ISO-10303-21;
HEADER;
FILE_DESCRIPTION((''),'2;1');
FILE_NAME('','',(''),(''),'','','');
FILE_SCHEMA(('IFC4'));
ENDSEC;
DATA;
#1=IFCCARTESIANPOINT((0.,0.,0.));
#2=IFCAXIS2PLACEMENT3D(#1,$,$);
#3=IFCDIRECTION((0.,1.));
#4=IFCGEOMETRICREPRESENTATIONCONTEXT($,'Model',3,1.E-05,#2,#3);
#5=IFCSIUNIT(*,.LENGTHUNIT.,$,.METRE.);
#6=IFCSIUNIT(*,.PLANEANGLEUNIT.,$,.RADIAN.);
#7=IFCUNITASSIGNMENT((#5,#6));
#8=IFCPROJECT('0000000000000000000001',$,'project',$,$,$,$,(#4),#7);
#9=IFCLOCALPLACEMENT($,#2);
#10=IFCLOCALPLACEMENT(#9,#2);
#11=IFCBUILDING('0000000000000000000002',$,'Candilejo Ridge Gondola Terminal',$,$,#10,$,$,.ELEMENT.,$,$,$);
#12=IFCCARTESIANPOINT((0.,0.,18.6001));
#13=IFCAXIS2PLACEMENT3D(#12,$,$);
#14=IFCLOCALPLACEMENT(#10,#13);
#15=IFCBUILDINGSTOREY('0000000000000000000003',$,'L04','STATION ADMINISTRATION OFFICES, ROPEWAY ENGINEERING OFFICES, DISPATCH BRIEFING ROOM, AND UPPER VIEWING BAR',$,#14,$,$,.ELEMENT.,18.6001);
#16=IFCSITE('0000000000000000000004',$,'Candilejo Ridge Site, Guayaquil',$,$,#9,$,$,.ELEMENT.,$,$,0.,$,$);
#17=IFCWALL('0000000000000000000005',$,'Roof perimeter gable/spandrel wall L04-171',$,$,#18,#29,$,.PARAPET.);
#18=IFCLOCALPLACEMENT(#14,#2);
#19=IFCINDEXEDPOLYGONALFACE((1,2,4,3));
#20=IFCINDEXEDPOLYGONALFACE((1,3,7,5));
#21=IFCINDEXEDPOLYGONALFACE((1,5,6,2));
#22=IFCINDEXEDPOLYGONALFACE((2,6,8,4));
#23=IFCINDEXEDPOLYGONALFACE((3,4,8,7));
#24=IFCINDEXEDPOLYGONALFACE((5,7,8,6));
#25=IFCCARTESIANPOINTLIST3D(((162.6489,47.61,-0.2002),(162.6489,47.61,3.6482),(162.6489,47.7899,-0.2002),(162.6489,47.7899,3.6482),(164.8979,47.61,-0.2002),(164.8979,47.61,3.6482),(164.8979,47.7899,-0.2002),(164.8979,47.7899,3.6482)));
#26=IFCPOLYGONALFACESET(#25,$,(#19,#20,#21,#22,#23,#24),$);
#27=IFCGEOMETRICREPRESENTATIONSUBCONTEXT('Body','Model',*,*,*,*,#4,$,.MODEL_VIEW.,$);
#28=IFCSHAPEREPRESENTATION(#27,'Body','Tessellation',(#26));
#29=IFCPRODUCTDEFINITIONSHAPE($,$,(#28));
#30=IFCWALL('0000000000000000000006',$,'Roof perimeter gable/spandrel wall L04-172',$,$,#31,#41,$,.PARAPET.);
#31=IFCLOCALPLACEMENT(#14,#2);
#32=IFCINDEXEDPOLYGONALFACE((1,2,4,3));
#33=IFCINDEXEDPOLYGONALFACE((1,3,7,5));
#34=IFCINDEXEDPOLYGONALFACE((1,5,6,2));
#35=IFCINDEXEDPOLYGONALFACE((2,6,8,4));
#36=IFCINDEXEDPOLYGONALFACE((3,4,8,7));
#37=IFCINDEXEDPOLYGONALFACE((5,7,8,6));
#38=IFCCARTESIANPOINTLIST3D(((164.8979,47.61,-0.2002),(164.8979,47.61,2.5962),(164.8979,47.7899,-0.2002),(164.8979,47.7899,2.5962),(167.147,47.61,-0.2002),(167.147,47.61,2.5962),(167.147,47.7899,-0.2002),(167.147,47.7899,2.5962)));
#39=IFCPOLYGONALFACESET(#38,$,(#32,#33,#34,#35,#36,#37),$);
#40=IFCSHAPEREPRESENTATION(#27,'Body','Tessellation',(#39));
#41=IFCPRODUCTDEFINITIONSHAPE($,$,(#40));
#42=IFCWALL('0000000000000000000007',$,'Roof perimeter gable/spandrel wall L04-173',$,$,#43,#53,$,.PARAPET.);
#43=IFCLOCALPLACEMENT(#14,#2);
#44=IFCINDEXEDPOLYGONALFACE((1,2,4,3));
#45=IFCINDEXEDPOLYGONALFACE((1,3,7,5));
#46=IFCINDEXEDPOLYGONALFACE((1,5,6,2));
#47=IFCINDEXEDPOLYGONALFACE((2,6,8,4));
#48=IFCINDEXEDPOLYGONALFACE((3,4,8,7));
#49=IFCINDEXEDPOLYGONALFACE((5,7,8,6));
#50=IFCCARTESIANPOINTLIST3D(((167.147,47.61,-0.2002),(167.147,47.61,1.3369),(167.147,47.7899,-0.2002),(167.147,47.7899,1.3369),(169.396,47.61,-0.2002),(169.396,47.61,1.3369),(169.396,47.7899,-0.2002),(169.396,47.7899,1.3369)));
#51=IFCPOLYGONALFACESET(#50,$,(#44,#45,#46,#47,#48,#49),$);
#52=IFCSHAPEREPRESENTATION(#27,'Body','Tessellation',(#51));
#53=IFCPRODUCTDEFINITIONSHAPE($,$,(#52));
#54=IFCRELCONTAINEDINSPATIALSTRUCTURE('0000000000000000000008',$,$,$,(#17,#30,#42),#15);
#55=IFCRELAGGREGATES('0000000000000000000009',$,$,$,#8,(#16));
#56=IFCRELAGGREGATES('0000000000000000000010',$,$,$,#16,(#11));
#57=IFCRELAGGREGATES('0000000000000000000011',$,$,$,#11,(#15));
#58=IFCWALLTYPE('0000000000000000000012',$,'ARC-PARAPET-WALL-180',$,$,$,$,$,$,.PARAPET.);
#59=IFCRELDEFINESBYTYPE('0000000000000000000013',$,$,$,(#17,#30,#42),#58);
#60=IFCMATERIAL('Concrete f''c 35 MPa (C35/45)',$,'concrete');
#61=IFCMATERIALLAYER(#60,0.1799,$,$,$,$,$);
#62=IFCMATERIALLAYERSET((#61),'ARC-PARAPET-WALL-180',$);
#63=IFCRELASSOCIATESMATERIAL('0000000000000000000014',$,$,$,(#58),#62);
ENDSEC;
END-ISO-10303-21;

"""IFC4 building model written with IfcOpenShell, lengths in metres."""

from ifc_helpers import new_model, si_unit, direction, frame, frame_2d, origin, place, context, subcontext, project, spatial, rectangle, extrude, material, layer, layer_set, type_object, element, save


model = new_model("IFC4")

# Units and contexts
model_context = context("Model", 3, precision=1e-05, world=origin(), true_north=direction((0.0, 1.0)))
body_context = subcontext(model_context, "Body", "Model", "MODEL_VIEW")
ifc_project = project(units=[si_unit("LENGTHUNIT", "METRE"), si_unit("PLANEANGLEUNIT", "RADIAN")], contexts=[model_context])

# Site, building, storey
site_placement = place(None, origin())
site = spatial("IfcSite", under=ifc_project, at=site_placement, Name="Candilejo Ridge Site, Guayaquil", CompositionType="ELEMENT", RefElevation=0.0)
building_placement = place(site_placement, origin())
building = spatial("IfcBuilding", under=site, at=building_placement, Name="Candilejo Ridge Gondola Terminal", CompositionType="ELEMENT")
storey_placement = place(building_placement, frame((0.0, 0.0, 18.6001)))
storey = spatial("IfcBuildingStorey", under=building, at=storey_placement, Name="L04", Description="STATION ADMINISTRATION OFFICES, ROPEWAY ENGINEERING OFFICES, DISPATCH BRIEFING ROOM, AND UPPER VIEWING BAR", CompositionType="ELEMENT", Elevation=18.6001)

# Walls
ifc_material_1 = material(Name="Concrete f'c 35 MPa (C35/45)", Category="concrete")
ifc_layer_1 = layer(ifc_material_1, 0.1799)
ifc_layer_set_1 = layer_set([ifc_layer_1], Name="ARC-PARAPET-WALL-180")
wall_type = type_object("IfcWallType", Name="ARC-PARAPET-WALL-180", PredefinedType="PARAPET", material=ifc_layer_set_1)
wall_1_placement = place(storey_placement, frame((162.6489, 47.7, -0.2002), z_axis=(0.0, 0.0, 1.0), x_axis=(1.0, 0.0, 0.0)))
element("IfcWall", 1, at=wall_1_placement, inside=storey, type_object=wall_type, Name="Roof perimeter gable/spandrel wall L04-171", PredefinedType="PARAPET", context=body_context, shape_type="SweptSolid", body=[
    extrude(rectangle(XDim=2.249, YDim=0.1799, at=frame_2d((1.1245, 0.0))), origin(), (0.0, 0.0, 1.0), 3.8484),
])
wall_2_placement = place(storey_placement, frame((164.8979, 47.7, -0.2002), z_axis=(0.0, 0.0, 1.0), x_axis=(1.0, 0.0, 0.0)))
element("IfcWall", 2, at=wall_2_placement, inside=storey, type_object=wall_type, Name="Roof perimeter gable/spandrel wall L04-172", PredefinedType="PARAPET", context=body_context, shape_type="SweptSolid", body=[
    extrude(rectangle(XDim=2.249, YDim=0.1799, at=frame_2d((1.1245, 0.0))), origin(), (0.0, 0.0, 1.0), 2.7964),
])
wall_3_placement = place(storey_placement, frame((167.147, 47.7, -0.2002), z_axis=(0.0, 0.0, 1.0), x_axis=(1.0, 0.0, 0.0)))
element("IfcWall", 3, at=wall_3_placement, inside=storey, type_object=wall_type, Name="Roof perimeter gable/spandrel wall L04-173", PredefinedType="PARAPET", context=body_context, shape_type="SweptSolid", body=[
    extrude(rectangle(XDim=2.249, YDim=0.1799, at=frame_2d((1.1245, 0.0))), origin(), (0.0, 0.0, 1.0), 1.5371),
])

save(model, "model.ifc")
